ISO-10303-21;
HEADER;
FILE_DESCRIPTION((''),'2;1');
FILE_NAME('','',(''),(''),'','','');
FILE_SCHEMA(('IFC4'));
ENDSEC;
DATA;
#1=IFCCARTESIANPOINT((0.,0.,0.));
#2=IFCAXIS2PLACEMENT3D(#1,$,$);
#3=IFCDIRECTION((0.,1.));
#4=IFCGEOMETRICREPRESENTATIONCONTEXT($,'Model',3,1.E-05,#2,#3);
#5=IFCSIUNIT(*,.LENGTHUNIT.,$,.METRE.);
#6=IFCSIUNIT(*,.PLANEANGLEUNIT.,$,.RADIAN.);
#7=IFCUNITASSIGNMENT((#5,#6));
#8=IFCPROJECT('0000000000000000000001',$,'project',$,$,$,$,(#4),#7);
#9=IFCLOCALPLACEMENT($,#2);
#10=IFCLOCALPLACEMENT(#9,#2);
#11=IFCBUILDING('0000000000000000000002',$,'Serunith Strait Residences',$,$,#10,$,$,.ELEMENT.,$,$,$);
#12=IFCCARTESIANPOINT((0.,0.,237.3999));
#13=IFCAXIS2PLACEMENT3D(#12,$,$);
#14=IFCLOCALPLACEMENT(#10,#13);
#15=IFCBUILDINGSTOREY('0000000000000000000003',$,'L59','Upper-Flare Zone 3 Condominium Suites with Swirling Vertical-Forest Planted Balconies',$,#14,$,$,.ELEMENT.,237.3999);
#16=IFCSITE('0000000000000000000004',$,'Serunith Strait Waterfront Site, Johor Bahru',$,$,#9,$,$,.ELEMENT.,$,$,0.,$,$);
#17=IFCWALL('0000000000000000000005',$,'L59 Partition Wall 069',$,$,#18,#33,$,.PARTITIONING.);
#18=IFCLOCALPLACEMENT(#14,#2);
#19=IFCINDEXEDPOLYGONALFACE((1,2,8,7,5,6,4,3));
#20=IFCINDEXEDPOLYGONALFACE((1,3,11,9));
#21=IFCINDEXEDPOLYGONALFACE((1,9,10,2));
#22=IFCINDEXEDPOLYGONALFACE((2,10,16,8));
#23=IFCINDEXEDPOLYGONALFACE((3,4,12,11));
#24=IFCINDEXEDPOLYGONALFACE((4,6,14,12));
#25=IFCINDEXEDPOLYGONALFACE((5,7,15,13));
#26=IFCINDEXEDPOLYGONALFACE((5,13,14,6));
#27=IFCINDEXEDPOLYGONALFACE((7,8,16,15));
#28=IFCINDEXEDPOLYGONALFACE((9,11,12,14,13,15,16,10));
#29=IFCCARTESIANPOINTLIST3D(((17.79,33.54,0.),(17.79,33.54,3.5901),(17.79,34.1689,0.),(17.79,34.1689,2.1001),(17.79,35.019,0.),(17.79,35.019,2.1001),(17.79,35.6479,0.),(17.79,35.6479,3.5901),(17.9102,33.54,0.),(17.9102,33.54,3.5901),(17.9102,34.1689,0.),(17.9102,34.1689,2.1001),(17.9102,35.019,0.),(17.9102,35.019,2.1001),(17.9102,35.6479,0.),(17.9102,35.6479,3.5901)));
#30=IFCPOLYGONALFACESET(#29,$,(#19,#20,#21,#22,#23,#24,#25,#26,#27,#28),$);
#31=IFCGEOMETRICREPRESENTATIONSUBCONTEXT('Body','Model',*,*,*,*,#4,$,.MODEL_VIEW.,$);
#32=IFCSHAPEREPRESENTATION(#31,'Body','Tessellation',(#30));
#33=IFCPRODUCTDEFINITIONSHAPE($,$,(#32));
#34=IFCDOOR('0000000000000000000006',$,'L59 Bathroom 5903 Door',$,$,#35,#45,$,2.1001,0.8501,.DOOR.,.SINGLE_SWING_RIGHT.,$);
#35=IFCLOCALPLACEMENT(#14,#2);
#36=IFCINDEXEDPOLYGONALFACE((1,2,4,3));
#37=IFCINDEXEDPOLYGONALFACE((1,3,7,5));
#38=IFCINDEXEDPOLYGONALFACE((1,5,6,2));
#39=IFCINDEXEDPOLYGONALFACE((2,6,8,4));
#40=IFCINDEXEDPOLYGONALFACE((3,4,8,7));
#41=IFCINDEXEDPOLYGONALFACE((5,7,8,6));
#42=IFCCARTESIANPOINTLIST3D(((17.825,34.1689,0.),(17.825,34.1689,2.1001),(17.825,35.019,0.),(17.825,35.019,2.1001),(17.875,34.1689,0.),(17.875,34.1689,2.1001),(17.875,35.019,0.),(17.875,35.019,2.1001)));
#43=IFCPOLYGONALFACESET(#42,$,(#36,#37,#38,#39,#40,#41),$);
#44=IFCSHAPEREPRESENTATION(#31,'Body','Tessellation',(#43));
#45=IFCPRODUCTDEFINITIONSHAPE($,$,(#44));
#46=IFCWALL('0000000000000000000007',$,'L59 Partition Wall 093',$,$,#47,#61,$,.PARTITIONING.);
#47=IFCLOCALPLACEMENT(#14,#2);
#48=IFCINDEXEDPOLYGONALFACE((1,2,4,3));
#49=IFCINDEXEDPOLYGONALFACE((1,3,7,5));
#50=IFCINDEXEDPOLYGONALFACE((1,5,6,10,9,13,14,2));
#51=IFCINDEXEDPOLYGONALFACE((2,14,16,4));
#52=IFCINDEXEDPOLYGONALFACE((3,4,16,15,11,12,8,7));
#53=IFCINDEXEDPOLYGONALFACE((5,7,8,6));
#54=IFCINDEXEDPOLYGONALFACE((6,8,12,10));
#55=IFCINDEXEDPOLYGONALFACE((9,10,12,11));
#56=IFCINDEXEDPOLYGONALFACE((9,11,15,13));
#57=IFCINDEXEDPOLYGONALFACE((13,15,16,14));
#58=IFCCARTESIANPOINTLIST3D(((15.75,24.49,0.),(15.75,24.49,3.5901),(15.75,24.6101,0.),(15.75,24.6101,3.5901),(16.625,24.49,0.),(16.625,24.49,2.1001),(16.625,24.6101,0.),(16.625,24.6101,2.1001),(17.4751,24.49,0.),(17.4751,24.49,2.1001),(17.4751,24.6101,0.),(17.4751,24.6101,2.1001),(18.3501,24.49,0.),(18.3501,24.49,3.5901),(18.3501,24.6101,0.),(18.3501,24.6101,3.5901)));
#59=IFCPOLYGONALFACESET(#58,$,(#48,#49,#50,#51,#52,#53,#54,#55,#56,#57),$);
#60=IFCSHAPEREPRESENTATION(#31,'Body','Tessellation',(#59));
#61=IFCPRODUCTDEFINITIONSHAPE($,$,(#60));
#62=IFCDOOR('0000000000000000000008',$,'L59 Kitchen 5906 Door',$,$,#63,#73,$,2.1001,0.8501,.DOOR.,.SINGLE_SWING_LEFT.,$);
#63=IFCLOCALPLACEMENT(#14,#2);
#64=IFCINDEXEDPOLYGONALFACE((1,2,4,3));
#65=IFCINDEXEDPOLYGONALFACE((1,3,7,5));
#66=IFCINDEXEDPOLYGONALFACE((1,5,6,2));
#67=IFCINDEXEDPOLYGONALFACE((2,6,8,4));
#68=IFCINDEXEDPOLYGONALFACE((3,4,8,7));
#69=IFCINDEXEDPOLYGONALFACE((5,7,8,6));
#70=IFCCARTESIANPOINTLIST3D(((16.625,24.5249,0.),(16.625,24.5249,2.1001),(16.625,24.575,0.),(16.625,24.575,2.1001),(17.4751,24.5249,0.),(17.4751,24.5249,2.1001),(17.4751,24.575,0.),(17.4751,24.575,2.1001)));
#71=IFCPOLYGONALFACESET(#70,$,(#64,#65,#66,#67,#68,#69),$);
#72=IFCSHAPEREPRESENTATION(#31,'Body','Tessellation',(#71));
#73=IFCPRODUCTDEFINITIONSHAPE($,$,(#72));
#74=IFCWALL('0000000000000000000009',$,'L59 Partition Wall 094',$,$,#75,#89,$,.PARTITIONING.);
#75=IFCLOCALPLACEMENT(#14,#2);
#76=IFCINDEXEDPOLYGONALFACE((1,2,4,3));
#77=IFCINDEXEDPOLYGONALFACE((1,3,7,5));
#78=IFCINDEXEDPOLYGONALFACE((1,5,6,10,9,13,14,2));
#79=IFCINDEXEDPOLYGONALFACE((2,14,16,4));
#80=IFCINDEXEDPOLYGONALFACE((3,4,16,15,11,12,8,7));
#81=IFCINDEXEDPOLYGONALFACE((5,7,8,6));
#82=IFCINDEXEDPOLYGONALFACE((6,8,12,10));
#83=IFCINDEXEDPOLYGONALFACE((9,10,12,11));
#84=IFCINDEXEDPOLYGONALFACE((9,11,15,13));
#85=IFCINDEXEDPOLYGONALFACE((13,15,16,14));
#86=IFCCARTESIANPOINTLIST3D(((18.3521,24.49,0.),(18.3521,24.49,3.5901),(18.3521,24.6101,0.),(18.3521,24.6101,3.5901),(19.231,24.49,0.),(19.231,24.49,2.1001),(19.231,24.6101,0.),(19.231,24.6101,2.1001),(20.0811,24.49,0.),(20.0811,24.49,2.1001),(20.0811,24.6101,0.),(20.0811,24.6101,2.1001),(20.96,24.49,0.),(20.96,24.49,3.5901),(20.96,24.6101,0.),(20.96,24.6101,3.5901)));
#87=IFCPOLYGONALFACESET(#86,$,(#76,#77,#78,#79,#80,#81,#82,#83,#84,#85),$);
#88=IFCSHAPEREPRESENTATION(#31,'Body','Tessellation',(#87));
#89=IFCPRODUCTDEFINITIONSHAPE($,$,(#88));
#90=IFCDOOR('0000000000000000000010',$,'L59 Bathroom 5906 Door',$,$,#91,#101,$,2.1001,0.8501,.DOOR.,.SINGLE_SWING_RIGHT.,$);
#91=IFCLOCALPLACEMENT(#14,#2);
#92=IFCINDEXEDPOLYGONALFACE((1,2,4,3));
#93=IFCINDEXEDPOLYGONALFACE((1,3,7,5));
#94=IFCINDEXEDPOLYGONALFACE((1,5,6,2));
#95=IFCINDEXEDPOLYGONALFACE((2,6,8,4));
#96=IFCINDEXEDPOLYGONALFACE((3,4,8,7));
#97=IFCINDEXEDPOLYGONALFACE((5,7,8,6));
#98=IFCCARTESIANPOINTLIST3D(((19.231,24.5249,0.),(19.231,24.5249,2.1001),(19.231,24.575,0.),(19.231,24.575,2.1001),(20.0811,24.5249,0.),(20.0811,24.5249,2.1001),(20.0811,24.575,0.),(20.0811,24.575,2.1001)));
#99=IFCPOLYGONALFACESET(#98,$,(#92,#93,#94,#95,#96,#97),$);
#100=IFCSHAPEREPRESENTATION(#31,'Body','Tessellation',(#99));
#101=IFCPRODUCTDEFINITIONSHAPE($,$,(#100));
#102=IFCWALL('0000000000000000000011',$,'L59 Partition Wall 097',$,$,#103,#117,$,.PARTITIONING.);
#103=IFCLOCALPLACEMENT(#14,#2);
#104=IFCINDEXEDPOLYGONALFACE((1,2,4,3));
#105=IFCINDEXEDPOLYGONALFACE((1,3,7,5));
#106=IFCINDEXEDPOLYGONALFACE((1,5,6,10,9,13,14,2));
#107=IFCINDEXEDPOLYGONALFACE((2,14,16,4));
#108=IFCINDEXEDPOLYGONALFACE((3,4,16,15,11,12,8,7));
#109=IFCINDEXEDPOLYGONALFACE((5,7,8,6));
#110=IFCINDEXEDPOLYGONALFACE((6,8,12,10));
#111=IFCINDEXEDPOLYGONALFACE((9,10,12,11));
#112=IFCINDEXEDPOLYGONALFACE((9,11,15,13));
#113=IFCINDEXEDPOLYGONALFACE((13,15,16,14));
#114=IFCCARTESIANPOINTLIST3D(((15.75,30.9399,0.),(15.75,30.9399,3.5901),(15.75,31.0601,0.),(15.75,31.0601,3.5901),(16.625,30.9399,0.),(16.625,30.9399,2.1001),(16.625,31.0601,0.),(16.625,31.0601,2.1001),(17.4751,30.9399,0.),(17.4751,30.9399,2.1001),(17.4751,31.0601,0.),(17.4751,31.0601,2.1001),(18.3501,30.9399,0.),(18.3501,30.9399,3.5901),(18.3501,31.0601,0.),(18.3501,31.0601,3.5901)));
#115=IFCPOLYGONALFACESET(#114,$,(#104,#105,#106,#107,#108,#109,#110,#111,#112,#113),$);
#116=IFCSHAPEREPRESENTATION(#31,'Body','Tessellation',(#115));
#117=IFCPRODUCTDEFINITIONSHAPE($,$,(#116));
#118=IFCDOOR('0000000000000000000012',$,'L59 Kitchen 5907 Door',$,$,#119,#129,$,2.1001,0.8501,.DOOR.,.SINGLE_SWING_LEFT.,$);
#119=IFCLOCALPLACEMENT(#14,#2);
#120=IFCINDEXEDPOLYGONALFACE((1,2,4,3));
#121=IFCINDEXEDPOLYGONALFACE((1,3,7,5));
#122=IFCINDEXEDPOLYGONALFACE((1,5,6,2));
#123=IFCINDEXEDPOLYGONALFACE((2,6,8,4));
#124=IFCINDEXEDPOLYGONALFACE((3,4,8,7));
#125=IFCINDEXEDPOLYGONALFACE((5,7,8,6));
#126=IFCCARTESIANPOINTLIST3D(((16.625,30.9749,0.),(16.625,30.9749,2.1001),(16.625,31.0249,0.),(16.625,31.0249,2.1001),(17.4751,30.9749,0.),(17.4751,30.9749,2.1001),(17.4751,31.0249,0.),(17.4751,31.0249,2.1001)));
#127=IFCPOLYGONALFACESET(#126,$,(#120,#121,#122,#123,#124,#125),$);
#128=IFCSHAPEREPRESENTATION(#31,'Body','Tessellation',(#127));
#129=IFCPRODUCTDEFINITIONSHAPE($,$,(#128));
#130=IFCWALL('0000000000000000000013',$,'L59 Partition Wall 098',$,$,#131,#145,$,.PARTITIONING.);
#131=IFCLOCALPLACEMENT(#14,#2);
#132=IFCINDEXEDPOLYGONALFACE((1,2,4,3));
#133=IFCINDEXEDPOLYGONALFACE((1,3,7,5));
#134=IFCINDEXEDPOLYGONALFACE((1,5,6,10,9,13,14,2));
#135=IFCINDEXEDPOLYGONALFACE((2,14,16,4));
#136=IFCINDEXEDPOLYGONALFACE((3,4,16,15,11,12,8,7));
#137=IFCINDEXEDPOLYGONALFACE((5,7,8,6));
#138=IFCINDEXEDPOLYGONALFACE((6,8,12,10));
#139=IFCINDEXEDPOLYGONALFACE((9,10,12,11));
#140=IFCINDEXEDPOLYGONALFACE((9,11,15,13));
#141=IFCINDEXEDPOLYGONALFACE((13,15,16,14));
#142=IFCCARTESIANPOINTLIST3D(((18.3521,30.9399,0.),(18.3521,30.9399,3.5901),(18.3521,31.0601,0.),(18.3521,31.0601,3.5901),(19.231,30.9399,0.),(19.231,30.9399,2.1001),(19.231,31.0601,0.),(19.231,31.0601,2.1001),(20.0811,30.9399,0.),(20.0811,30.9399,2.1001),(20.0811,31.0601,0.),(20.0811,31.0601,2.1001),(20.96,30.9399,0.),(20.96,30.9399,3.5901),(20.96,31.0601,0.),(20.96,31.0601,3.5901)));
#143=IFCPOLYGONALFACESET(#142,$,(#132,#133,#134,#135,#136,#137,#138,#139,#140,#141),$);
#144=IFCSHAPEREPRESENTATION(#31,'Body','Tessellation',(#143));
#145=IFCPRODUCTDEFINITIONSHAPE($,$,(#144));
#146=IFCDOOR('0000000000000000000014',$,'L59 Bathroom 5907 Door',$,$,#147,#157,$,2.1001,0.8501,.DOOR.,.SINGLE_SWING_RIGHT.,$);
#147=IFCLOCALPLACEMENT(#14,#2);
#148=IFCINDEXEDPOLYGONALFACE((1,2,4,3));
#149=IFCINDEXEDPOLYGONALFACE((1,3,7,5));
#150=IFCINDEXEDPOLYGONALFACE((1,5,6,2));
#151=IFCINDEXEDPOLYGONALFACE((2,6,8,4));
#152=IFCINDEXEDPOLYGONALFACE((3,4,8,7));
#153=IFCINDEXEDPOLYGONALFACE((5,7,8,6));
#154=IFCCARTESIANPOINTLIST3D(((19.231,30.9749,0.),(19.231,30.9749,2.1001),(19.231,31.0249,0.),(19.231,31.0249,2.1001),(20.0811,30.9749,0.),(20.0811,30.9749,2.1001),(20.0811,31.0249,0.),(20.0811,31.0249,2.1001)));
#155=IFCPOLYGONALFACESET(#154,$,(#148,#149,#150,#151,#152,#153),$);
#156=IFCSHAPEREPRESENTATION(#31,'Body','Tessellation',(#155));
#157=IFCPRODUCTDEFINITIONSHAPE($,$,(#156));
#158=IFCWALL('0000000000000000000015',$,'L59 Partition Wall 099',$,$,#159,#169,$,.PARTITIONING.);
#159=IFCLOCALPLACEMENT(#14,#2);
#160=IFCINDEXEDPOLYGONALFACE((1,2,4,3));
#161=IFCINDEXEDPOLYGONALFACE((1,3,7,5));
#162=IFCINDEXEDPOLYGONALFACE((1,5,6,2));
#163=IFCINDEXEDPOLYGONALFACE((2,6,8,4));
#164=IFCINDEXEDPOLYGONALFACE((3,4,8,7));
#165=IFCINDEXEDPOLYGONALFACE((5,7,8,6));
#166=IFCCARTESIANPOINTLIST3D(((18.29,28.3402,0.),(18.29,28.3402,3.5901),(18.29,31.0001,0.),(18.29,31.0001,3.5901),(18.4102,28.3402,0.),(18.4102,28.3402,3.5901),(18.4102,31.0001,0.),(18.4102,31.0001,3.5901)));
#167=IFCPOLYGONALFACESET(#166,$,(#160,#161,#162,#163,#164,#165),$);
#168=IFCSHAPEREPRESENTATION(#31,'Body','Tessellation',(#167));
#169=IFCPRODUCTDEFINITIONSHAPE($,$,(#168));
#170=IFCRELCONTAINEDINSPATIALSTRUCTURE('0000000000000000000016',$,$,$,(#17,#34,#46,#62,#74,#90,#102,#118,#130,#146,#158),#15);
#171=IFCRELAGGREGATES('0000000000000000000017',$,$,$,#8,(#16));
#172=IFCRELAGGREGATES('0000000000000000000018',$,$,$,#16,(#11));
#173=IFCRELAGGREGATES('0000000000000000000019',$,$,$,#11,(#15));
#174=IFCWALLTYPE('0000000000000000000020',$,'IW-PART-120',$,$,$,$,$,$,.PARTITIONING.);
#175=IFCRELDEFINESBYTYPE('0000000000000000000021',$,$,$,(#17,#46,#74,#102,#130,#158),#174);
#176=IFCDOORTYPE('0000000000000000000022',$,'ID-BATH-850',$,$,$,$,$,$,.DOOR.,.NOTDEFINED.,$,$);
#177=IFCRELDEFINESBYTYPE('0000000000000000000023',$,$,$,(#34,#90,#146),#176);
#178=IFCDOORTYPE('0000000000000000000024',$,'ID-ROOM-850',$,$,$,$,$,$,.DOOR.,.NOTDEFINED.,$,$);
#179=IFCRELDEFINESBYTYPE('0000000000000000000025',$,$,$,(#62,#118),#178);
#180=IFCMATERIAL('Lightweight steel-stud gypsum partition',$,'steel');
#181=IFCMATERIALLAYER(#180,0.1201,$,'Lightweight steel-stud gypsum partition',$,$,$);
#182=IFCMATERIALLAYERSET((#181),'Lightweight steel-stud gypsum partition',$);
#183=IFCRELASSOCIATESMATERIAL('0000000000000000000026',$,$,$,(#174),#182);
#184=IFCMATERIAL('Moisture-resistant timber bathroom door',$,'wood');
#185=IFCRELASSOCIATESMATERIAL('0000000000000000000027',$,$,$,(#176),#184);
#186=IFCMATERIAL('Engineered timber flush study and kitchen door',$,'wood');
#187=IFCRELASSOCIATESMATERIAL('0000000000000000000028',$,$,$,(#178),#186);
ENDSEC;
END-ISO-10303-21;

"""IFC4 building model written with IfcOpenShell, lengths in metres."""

from ifc_helpers import new_model, si_unit, direction, frame, frame_2d, origin, place, context, subcontext, project, spatial, rectangle, extrude, source, transform, mapped, material, layer, layer_set, type_object, element, fill, save


model = new_model("IFC4")

# Units and contexts
model_context = context("Model", 3, precision=1e-05, world=origin(), true_north=direction((0.0, 1.0)))
body_context = subcontext(model_context, "Body", "Model", "MODEL_VIEW")
ifc_project = project(units=[si_unit("LENGTHUNIT", "METRE"), si_unit("PLANEANGLEUNIT", "RADIAN")], contexts=[model_context])

# Site, building, storey
site_placement = place(None, origin())
site = spatial("IfcSite", under=ifc_project, at=site_placement, Name="Serunith Strait Waterfront Site, Johor Bahru", CompositionType="ELEMENT", RefElevation=0.0)
building_placement = place(site_placement, origin())
building = spatial("IfcBuilding", under=site, at=building_placement, Name="Serunith Strait Residences", CompositionType="ELEMENT")
storey_placement = place(building_placement, frame((0.0, 0.0, 237.3999)))
storey = spatial("IfcBuildingStorey", under=building, at=storey_placement, Name="L59", Description="Upper-Flare Zone 3 Condominium Suites with Swirling Vertical-Forest Planted Balconies", CompositionType="ELEMENT", Elevation=237.3999)

# Walls, openings, doors
ifc_material_1 = material(Name="Lightweight steel-stud gypsum partition", Category="steel")
ifc_layer_1 = layer(ifc_material_1, 0.1201, Name="Lightweight steel-stud gypsum partition")
ifc_layer_set_1 = layer_set([ifc_layer_1], Name="Lightweight steel-stud gypsum partition")
wall_type_1 = type_object("IfcWallType", Name="IW-PART-120", PredefinedType="PARTITIONING", material=ifc_layer_set_1)
wall_1_placement = place(storey_placement, frame((17.8501, 35.6479, 0.0), z_axis=(0.0, 0.0, 1.0), x_axis=(0.0, -1.0, 0.0)))
wall_1 = element("IfcWall", 1, at=wall_1_placement, inside=storey, type_object=wall_type_1, Name="L59 Partition Wall 069", PredefinedType="PARTITIONING", context=body_context, shape_type="SweptSolid", body=[
    extrude(rectangle(XDim=2.1079, YDim=0.1201, at=frame_2d((1.054, 0.0))), origin(), (0.0, 0.0, 1.0), 3.5901),
])
opening_1_placement = place(wall_1_placement, frame((0.6289, 0.0, 0.0)))
opening_1 = element("IfcOpeningElement", 2, at=opening_1_placement, cuts=wall_1, PredefinedType="OPENING", context=body_context, shape_type="SweptSolid", body=[
    extrude(rectangle(XDim=0.8501, YDim=2.1001, at=frame_2d((0.425, 1.05))), frame((0.0, 0.0701, 0.0), z_axis=(0.0, -1.0, 0.0), x_axis=(1.0, 0.0, 0.0)), (0.0, 0.0, 1.0), 0.1401),
])
ifc_material_2 = material(Name="Moisture-resistant timber bathroom door", Category="wood")
door_type_1 = type_object("IfcDoorType", Name="ID-BATH-850", OperationType="NOTDEFINED", PredefinedType="DOOR", material=ifc_material_2)
shared_shape_1 = source(origin(), body_context, "Body", "SweptSolid", [
    extrude(rectangle(XDim=0.8501, YDim=2.1001, at=frame_2d((0.425, 1.05))), frame((0.0, 0.0249, 0.0), z_axis=(0.0, -1.0, 0.0), x_axis=(1.0, 0.0, 0.0)), (0.0, 0.0, 1.0), 0.05),
])
door_1_placement = place(opening_1_placement, origin())
door_1 = element("IfcDoor", 3, at=door_1_placement, inside=storey, type_object=door_type_1, Name="L59 Bathroom 5903 Door", OperationType="SINGLE_SWING_RIGHT", OverallHeight=2.1001, OverallWidth=0.8501, PredefinedType="DOOR", context=body_context, shape_type="MappedRepresentation", body=[
    mapped(shared_shape_1, transform((0.0, 0.0, 0.0), scale=1.0)),
])
fill(opening_1, door_1)
wall_2_placement = place(storey_placement, frame((15.75, 24.55, 0.0), z_axis=(0.0, 0.0, 1.0), x_axis=(1.0, 0.0, 0.0)))
wall_2 = element("IfcWall", 4, at=wall_2_placement, inside=storey, type_object=wall_type_1, Name="L59 Partition Wall 093", PredefinedType="PARTITIONING", context=body_context, shape_type="SweptSolid", body=[
    extrude(rectangle(XDim=2.6001, YDim=0.1201, at=frame_2d((1.3, 0.0))), origin(), (0.0, 0.0, 1.0), 3.5901),
])
opening_2_placement = place(wall_2_placement, frame((0.875, 0.0, 0.0)))
opening_2 = element("IfcOpeningElement", 5, at=opening_2_placement, cuts=wall_2, PredefinedType="OPENING", context=body_context, shape_type="SweptSolid", body=[
    extrude(rectangle(XDim=0.8501, YDim=2.1001, at=frame_2d((0.425, 1.05))), frame((0.0, 0.0701, 0.0), z_axis=(0.0, -1.0, 0.0), x_axis=(1.0, 0.0, 0.0)), (0.0, 0.0, 1.0), 0.1401),
])
ifc_material_3 = material(Name="Engineered timber flush study and kitchen door", Category="wood")
door_type_2 = type_object("IfcDoorType", Name="ID-ROOM-850", OperationType="NOTDEFINED", PredefinedType="DOOR", material=ifc_material_3)
door_2_placement = place(opening_2_placement, origin())
door_2 = element("IfcDoor", 6, at=door_2_placement, inside=storey, type_object=door_type_2, Name="L59 Kitchen 5906 Door", OperationType="SINGLE_SWING_LEFT", OverallHeight=2.1001, OverallWidth=0.8501, PredefinedType="DOOR", context=body_context, shape_type="MappedRepresentation", body=[
    mapped(shared_shape_1, transform((0.0, 0.0, 0.0), scale=1.0)),
])
fill(opening_2, door_2)
wall_3_placement = place(storey_placement, frame((18.3521, 24.55, 0.0), z_axis=(0.0, 0.0, 1.0), x_axis=(1.0, 0.0, 0.0)))
wall_3 = element("IfcWall", 7, at=wall_3_placement, inside=storey, type_object=wall_type_1, Name="L59 Partition Wall 094", PredefinedType="PARTITIONING", context=body_context, shape_type="SweptSolid", body=[
    extrude(rectangle(XDim=2.6079, YDim=0.1201, at=frame_2d((1.304, 0.0))), origin(), (0.0, 0.0, 1.0), 3.5901),
])
opening_3_placement = place(wall_3_placement, frame((0.8789, 0.0, 0.0)))
opening_3 = element("IfcOpeningElement", 8, at=opening_3_placement, cuts=wall_3, PredefinedType="OPENING", context=body_context, shape_type="SweptSolid", body=[
    extrude(rectangle(XDim=0.8501, YDim=2.1001, at=frame_2d((0.425, 1.05))), frame((0.0, 0.0701, 0.0), z_axis=(0.0, -1.0, 0.0), x_axis=(1.0, 0.0, 0.0)), (0.0, 0.0, 1.0), 0.1401),
])
door_3_placement = place(opening_3_placement, origin())
door_3 = element("IfcDoor", 9, at=door_3_placement, inside=storey, type_object=door_type_1, Name="L59 Bathroom 5906 Door", OperationType="SINGLE_SWING_RIGHT", OverallHeight=2.1001, OverallWidth=0.8501, PredefinedType="DOOR", context=body_context, shape_type="MappedRepresentation", body=[
    mapped(shared_shape_1, transform((0.0, 0.0, 0.0), scale=1.0)),
])
fill(opening_3, door_3)
wall_4_placement = place(storey_placement, frame((15.75, 31.0, 0.0), z_axis=(0.0, 0.0, 1.0), x_axis=(1.0, 0.0, 0.0)))
wall_4 = element("IfcWall", 10, at=wall_4_placement, inside=storey, type_object=wall_type_1, Name="L59 Partition Wall 097", PredefinedType="PARTITIONING", context=body_context, shape_type="SweptSolid", body=[
    extrude(rectangle(XDim=2.6001, YDim=0.1201, at=frame_2d((1.3, 0.0))), origin(), (0.0, 0.0, 1.0), 3.5901),
])
opening_4_placement = place(wall_4_placement, frame((0.875, 0.0, 0.0)))
opening_4 = element("IfcOpeningElement", 11, at=opening_4_placement, cuts=wall_4, PredefinedType="OPENING", context=body_context, shape_type="SweptSolid", body=[
    extrude(rectangle(XDim=0.8501, YDim=2.1001, at=frame_2d((0.425, 1.05))), frame((0.0, 0.0701, 0.0), z_axis=(0.0, -1.0, 0.0), x_axis=(1.0, 0.0, 0.0)), (0.0, 0.0, 1.0), 0.1401),
])
door_4_placement = place(opening_4_placement, origin())
door_4 = element("IfcDoor", 12, at=door_4_placement, inside=storey, type_object=door_type_2, Name="L59 Kitchen 5907 Door", OperationType="SINGLE_SWING_LEFT", OverallHeight=2.1001, OverallWidth=0.8501, PredefinedType="DOOR", context=body_context, shape_type="MappedRepresentation", body=[
    mapped(shared_shape_1, transform((0.0, 0.0, 0.0), scale=1.0)),
])
fill(opening_4, door_4)
wall_5_placement = place(storey_placement, frame((18.3521, 31.0, 0.0), z_axis=(0.0, 0.0, 1.0), x_axis=(1.0, 0.0, 0.0)))
wall_5 = element("IfcWall", 13, at=wall_5_placement, inside=storey, type_object=wall_type_1, Name="L59 Partition Wall 098", PredefinedType="PARTITIONING", context=body_context, shape_type="SweptSolid", body=[
    extrude(rectangle(XDim=2.6079, YDim=0.1201, at=frame_2d((1.304, 0.0))), origin(), (0.0, 0.0, 1.0), 3.5901),
])
opening_5_placement = place(wall_5_placement, frame((0.8789, 0.0, 0.0)))
opening_5 = element("IfcOpeningElement", 14, at=opening_5_placement, cuts=wall_5, PredefinedType="OPENING", context=body_context, shape_type="SweptSolid", body=[
    extrude(rectangle(XDim=0.8501, YDim=2.1001, at=frame_2d((0.425, 1.05))), frame((0.0, 0.0701, 0.0), z_axis=(0.0, -1.0, 0.0), x_axis=(1.0, 0.0, 0.0)), (0.0, 0.0, 1.0), 0.1401),
])
door_5_placement = place(opening_5_placement, origin())
door_5 = element("IfcDoor", 15, at=door_5_placement, inside=storey, type_object=door_type_1, Name="L59 Bathroom 5907 Door", OperationType="SINGLE_SWING_RIGHT", OverallHeight=2.1001, OverallWidth=0.8501, PredefinedType="DOOR", context=body_context, shape_type="MappedRepresentation", body=[
    mapped(shared_shape_1, transform((0.0, 0.0, 0.0), scale=1.0)),
])
fill(opening_5, door_5)

# Wall
for number, where, z_axis, x_axis, name in (
    (16, (18.3501, 28.3401, 0.0), (0.0, 0.0, 1.0), (0.0, 1.0, 0.0), "L59 Partition Wall 099"),
):
    element("IfcWall", number, at=place(storey_placement, frame(where, z_axis=z_axis, x_axis=x_axis)), inside=storey, type_object=wall_type_1, Name=name, PredefinedType="PARTITIONING", context=body_context, shape_type="SweptSolid", body=[
        extrude(rectangle(XDim=2.6599, YDim=0.1201, at=frame_2d((1.3301, 0.0))), origin(), (0.0, 0.0, 1.0), 3.5901),
    ])

save(model, "model.ifc")
